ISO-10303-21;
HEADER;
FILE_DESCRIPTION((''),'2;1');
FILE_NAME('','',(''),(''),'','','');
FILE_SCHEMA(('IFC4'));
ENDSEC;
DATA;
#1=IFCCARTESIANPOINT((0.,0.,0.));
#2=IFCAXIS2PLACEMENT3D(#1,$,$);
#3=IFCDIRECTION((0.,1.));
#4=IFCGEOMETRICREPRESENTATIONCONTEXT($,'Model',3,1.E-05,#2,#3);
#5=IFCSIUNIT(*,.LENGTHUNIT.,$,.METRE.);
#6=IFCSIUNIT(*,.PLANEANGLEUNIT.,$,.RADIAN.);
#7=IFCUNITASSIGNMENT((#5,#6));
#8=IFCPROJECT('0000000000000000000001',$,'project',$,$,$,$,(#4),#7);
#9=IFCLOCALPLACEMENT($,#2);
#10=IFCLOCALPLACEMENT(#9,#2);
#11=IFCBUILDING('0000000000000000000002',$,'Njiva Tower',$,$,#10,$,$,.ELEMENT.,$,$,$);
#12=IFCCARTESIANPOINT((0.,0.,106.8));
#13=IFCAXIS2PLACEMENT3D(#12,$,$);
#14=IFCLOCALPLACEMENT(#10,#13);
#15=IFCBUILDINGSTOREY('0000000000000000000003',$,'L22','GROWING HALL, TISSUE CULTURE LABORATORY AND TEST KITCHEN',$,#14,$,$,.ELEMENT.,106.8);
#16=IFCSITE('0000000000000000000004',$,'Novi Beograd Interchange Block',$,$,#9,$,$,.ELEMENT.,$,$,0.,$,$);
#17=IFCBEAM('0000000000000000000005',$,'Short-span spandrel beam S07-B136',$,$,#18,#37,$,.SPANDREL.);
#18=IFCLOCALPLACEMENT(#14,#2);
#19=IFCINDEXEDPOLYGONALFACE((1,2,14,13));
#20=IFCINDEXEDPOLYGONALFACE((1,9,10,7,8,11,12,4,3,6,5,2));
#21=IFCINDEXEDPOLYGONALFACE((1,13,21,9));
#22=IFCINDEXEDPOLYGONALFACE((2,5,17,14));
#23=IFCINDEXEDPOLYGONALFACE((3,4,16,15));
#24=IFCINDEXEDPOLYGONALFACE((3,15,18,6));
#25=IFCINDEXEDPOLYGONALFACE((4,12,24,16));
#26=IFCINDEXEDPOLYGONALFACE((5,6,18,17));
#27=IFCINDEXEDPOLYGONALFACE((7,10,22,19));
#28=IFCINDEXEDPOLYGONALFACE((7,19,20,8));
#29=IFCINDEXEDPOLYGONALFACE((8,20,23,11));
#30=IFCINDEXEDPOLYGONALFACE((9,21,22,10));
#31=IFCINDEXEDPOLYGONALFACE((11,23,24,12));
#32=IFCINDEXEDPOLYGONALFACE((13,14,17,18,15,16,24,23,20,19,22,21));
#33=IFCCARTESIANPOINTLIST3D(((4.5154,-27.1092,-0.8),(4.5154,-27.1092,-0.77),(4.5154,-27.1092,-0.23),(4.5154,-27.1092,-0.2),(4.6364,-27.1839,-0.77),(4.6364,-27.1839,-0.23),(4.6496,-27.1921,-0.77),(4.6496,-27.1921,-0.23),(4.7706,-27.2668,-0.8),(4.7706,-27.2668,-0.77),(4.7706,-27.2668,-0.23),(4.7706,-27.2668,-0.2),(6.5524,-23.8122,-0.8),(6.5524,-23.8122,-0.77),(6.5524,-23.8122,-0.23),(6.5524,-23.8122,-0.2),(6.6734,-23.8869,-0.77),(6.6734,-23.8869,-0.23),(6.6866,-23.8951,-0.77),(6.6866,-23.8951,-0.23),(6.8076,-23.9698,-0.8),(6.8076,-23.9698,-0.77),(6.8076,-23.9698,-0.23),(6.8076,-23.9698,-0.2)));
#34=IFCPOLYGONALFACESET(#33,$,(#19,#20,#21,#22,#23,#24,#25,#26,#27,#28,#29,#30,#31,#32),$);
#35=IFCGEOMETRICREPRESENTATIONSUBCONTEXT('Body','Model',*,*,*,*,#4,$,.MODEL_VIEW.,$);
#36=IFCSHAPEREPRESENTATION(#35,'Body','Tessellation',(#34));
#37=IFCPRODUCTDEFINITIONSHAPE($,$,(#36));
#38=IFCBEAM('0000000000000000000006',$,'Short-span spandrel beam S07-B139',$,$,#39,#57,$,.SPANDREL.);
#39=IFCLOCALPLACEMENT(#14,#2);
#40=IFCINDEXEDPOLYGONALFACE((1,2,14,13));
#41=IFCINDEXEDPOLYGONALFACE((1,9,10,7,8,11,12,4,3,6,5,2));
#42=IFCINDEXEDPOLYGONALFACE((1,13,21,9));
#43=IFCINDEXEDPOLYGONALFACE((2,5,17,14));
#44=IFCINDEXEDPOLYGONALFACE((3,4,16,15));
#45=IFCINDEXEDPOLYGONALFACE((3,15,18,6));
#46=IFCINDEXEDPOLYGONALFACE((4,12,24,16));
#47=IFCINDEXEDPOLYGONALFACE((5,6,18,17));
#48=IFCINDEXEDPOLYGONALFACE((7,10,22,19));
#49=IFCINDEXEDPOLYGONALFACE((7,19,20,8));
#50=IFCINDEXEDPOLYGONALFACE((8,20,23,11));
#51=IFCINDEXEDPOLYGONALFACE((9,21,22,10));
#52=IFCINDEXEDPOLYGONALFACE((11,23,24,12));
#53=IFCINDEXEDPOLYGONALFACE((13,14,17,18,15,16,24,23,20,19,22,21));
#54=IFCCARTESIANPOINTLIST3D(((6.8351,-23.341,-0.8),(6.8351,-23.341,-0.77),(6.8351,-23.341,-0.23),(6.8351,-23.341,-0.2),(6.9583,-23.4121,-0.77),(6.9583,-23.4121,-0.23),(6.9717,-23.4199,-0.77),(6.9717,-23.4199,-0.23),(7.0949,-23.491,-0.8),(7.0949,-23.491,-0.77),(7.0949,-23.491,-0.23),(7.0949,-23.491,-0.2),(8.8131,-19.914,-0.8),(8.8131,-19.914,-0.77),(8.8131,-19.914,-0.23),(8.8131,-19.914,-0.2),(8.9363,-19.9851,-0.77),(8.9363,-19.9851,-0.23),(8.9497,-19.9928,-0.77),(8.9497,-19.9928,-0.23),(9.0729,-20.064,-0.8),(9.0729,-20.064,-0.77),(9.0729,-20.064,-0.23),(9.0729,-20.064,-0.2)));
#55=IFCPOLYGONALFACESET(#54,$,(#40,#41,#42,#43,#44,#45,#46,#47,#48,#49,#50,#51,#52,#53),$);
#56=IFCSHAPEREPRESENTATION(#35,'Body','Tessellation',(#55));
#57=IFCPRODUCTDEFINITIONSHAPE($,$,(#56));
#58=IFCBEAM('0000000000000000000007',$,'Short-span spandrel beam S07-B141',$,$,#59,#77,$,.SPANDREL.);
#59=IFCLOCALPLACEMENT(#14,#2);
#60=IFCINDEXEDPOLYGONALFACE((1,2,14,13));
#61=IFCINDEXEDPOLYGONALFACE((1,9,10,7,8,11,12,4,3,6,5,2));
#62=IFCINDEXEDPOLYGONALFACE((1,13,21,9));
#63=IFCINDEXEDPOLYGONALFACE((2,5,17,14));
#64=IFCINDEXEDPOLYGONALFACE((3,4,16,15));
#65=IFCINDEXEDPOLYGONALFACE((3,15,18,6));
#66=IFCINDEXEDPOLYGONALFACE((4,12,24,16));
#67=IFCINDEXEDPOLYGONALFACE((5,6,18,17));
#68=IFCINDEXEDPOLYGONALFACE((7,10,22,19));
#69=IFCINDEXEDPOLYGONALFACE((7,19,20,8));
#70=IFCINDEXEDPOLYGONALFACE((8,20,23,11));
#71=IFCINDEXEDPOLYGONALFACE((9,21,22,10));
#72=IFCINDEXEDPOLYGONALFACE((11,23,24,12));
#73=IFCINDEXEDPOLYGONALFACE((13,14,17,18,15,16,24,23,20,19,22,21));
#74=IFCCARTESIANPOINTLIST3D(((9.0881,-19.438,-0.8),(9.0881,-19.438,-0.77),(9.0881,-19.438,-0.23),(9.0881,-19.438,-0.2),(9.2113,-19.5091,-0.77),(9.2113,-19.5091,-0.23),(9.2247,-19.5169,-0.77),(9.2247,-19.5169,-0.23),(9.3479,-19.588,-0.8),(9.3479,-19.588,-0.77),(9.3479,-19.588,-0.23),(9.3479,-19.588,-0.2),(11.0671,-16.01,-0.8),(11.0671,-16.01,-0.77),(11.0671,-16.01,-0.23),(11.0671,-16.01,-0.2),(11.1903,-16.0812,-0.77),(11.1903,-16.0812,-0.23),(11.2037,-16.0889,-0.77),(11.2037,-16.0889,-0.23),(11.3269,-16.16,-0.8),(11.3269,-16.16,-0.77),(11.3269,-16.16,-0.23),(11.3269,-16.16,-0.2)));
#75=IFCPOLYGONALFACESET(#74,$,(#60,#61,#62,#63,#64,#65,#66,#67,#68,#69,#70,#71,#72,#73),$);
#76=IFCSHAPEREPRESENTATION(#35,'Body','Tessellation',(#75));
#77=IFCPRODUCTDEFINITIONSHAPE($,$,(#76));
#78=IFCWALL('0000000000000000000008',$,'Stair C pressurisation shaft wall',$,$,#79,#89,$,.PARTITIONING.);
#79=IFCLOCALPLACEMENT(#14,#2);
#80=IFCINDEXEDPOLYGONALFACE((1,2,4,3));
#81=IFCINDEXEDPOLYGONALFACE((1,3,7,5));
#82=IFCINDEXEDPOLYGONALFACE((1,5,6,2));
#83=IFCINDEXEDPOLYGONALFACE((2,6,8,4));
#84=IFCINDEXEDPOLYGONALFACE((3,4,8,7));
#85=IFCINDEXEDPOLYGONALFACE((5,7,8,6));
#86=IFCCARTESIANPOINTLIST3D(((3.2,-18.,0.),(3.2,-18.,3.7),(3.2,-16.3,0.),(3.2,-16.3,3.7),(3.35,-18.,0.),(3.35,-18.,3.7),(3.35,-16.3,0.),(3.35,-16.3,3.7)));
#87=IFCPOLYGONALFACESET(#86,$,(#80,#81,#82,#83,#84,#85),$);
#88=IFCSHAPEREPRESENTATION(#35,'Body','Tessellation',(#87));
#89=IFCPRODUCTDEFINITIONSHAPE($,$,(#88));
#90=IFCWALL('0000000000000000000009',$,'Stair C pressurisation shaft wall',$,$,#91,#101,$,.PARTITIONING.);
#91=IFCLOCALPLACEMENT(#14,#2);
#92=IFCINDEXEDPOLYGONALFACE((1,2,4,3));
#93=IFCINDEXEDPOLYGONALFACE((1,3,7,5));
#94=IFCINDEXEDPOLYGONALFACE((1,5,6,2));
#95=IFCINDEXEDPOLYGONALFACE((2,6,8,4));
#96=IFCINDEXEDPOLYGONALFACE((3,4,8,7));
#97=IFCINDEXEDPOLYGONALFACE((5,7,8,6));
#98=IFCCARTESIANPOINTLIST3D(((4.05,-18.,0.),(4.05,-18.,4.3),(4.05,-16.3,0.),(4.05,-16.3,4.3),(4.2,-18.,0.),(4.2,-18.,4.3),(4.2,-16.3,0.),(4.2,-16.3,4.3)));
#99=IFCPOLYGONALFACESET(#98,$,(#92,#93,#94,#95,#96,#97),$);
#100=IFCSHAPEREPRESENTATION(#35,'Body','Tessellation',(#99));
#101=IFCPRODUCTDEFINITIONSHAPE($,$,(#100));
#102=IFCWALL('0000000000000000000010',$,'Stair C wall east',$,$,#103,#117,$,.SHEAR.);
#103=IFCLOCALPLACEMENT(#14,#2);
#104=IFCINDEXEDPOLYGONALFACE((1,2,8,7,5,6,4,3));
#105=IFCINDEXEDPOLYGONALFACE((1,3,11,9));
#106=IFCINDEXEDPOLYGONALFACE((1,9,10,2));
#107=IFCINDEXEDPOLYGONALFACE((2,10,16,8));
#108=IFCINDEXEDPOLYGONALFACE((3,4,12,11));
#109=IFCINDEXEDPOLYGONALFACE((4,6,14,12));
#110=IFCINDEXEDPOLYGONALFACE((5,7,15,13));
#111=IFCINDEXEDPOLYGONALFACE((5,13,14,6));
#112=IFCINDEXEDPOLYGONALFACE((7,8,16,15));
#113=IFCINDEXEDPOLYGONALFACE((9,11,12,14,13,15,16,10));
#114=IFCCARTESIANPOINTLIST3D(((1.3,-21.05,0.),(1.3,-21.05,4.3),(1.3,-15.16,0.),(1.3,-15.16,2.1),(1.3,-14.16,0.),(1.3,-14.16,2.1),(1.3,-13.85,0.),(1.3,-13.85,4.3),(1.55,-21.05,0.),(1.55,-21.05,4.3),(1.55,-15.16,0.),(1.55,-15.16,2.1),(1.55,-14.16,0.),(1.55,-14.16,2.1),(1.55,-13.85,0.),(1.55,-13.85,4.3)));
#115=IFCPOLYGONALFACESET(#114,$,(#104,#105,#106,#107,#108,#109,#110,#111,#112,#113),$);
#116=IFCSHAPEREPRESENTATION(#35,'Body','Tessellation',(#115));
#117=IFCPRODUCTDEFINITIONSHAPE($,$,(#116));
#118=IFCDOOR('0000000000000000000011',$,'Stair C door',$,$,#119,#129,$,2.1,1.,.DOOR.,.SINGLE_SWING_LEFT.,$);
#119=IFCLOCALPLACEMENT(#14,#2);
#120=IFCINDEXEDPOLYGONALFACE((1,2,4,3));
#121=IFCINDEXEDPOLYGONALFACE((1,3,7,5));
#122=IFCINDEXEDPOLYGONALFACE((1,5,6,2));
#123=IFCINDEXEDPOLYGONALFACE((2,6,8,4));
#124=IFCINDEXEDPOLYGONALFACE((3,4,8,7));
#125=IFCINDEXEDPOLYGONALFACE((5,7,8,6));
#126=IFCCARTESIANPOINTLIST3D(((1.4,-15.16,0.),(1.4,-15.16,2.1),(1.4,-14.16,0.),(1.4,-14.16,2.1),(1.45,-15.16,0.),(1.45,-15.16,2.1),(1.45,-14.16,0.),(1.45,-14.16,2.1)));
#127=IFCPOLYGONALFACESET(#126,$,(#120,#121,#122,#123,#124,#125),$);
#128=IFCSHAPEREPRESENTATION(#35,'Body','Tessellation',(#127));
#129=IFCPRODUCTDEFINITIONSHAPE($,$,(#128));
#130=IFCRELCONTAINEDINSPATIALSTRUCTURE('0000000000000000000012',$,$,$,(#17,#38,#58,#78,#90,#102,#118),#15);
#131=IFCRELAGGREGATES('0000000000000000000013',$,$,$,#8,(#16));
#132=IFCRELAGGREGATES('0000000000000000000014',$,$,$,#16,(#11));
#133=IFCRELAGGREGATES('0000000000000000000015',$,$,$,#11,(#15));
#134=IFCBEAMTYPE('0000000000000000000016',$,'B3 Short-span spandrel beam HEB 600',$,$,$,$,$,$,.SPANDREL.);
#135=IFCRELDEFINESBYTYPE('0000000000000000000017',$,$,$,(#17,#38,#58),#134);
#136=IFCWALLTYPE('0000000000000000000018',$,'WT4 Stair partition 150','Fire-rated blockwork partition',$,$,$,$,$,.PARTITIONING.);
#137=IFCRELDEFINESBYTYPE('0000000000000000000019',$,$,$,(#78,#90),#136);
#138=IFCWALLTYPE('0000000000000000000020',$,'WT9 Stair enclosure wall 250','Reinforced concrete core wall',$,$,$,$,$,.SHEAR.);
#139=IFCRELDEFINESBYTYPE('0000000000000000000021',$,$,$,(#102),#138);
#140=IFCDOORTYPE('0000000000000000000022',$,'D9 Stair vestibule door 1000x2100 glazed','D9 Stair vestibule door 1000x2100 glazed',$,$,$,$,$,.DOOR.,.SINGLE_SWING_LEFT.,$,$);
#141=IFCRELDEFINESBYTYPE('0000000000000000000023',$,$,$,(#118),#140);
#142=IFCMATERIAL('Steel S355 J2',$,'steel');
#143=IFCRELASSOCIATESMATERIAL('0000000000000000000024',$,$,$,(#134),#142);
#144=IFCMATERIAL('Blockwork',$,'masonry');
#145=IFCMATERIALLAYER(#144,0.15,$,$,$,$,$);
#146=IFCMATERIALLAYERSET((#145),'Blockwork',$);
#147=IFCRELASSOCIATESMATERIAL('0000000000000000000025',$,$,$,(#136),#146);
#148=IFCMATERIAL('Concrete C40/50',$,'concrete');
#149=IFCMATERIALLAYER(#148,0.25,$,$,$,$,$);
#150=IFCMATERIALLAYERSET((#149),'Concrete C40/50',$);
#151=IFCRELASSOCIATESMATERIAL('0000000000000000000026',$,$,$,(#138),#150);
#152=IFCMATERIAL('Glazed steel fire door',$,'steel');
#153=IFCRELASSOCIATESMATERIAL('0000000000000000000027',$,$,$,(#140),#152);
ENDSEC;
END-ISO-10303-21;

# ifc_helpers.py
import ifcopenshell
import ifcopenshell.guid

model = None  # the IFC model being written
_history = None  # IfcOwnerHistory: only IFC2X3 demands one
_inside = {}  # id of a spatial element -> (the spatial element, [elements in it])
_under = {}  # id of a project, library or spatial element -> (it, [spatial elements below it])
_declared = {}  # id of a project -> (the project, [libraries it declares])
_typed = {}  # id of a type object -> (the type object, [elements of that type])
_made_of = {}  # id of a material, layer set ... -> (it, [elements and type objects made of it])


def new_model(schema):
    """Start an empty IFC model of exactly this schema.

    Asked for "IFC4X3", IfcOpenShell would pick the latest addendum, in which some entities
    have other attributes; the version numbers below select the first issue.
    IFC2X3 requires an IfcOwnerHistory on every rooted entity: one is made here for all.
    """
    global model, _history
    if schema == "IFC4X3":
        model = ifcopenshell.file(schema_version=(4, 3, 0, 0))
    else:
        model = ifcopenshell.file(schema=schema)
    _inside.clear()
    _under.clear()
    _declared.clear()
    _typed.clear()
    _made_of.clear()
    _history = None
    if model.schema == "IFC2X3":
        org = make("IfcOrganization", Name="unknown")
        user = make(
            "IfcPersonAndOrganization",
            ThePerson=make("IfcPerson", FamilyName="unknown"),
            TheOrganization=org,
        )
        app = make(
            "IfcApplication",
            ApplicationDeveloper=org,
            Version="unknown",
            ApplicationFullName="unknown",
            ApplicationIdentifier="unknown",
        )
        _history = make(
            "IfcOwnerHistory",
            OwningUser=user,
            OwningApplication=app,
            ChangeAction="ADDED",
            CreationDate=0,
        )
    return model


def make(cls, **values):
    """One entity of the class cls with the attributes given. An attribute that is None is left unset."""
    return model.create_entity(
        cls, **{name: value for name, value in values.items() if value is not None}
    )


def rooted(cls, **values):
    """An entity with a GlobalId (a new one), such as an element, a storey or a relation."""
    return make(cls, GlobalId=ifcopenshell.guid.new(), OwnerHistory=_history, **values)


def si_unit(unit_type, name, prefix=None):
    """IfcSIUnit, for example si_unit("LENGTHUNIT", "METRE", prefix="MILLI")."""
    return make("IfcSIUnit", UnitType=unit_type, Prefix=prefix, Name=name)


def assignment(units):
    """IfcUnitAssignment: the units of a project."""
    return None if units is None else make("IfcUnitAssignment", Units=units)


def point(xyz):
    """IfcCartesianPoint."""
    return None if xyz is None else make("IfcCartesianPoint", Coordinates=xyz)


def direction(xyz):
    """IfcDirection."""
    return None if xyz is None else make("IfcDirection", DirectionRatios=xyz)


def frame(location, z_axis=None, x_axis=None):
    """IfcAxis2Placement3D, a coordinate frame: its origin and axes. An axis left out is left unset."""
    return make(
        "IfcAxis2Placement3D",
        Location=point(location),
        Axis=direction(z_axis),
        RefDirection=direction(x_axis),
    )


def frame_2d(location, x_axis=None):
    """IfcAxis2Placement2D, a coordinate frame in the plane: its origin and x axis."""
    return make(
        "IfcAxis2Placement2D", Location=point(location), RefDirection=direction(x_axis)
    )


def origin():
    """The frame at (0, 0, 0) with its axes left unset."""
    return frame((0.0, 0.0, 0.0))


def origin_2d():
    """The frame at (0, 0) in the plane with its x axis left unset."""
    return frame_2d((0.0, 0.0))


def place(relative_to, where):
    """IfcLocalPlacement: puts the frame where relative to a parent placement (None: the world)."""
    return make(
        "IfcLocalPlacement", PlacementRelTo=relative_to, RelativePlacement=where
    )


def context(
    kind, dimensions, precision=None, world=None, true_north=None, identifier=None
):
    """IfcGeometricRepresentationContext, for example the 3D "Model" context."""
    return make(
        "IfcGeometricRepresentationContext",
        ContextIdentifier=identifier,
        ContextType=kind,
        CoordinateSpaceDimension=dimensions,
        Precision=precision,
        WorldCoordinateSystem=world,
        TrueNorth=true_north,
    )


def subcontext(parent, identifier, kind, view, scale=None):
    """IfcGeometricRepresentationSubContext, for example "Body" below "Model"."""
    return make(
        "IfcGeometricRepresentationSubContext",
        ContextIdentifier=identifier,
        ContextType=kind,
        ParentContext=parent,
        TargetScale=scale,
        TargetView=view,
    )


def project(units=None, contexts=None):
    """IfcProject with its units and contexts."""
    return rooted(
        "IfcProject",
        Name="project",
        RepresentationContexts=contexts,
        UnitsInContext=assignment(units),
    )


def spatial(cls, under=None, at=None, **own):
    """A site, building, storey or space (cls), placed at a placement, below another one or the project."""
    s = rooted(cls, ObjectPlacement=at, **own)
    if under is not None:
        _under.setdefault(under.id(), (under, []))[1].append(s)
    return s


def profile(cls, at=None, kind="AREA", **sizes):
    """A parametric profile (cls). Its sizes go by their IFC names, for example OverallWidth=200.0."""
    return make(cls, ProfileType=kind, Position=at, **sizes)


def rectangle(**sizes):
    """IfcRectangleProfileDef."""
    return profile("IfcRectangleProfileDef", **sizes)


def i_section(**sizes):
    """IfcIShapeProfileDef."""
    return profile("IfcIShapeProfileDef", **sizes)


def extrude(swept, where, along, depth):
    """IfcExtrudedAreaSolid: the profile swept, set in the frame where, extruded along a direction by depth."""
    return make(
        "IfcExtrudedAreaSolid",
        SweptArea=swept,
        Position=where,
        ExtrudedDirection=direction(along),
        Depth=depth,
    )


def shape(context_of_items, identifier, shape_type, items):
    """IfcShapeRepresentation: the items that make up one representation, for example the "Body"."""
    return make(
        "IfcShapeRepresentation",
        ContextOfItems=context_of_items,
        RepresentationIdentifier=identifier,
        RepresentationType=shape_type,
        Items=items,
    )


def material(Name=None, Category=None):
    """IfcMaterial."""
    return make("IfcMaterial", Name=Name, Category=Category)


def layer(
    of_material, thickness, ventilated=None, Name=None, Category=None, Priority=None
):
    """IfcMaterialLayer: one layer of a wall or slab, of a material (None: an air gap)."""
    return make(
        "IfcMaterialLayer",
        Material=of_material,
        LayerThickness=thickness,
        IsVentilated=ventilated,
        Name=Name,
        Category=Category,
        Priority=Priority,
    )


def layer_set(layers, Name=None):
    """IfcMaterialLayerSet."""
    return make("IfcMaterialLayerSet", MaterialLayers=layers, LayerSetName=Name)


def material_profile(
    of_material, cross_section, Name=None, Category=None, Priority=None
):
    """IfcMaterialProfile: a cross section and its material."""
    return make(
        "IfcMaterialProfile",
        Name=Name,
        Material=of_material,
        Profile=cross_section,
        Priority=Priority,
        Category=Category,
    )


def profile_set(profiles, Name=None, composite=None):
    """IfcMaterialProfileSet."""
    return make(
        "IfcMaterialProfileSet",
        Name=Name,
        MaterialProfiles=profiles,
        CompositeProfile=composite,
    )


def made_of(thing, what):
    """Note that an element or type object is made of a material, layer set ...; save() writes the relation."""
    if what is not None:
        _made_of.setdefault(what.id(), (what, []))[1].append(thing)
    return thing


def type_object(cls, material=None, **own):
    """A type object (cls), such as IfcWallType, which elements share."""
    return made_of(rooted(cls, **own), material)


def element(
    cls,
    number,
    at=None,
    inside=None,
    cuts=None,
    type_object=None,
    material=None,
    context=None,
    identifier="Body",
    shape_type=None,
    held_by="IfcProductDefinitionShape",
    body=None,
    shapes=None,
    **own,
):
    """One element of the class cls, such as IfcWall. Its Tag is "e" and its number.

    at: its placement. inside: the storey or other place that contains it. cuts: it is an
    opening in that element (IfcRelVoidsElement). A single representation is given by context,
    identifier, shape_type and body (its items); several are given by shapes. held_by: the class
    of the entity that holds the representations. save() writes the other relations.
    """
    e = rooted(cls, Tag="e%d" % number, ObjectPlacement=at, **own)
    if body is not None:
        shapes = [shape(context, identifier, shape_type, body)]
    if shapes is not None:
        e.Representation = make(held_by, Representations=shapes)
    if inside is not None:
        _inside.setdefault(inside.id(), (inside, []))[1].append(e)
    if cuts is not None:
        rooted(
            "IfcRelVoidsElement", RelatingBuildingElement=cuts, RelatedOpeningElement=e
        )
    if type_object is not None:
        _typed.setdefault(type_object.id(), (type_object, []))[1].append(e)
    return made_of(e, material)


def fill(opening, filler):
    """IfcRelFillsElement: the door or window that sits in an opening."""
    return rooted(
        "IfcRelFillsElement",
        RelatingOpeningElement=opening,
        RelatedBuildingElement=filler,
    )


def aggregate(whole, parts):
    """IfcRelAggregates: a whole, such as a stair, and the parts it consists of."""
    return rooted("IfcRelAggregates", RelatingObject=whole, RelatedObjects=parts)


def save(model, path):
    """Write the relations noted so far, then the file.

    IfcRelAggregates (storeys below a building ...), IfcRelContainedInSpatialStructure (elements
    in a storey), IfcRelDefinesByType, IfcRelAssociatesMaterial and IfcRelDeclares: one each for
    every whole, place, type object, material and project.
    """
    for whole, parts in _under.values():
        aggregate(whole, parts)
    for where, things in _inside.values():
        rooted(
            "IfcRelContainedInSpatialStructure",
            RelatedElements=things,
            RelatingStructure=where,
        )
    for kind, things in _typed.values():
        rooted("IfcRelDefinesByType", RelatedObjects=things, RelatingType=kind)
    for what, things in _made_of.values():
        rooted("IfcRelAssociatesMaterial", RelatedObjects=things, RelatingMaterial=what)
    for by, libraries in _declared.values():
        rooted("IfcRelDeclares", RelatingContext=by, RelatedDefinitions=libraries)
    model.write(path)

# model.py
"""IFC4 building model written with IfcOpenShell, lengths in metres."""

from ifc_helpers import new_model, si_unit, direction, frame, frame_2d, origin, origin_2d, place, context, subcontext, project, spatial, rectangle, i_section, extrude, material, layer, layer_set, material_profile, profile_set, type_object, element, fill, save


model = new_model("IFC4")

# Units and contexts
model_context = context("Model", 3, precision=1e-05, world=origin(), true_north=direction((0.0, 1.0)))
body_context = subcontext(model_context, "Body", "Model", "MODEL_VIEW")
ifc_project = project(units=[si_unit("LENGTHUNIT", "METRE"), si_unit("PLANEANGLEUNIT", "RADIAN")], contexts=[model_context])

# Site, building, storey
site_placement = place(None, origin())
site = spatial("IfcSite", under=ifc_project, at=site_placement, Name="Novi Beograd Interchange Block", CompositionType="ELEMENT", RefElevation=0.0)
building_placement = place(site_placement, origin())
building = spatial("IfcBuilding", under=site, at=building_placement, Name="Njiva Tower", CompositionType="ELEMENT")
storey_placement = place(building_placement, frame((0.0, 0.0, 106.8)))
storey = spatial("IfcBuildingStorey", under=building, at=storey_placement, Name="L22", Description="GROWING HALL, TISSUE CULTURE LABORATORY AND TEST KITCHEN", CompositionType="ELEMENT", Elevation=106.8)

# Shared definitions
ifc_material_1 = material(Name="Steel S355 J2", Category="steel")

# Beams
ifc_material_profile_1 = material_profile(ifc_material_1, i_section(OverallWidth=0.3, OverallDepth=0.6, WebThickness=0.0155, FlangeThickness=0.03, at=origin_2d()), Name="HEB 600")
ifc_profile_set_1 = profile_set([ifc_material_profile_1], Name="Steel S355 J2")
beam_type_1 = type_object("IfcBeamType", Name="B3 Short-span spandrel beam HEB 600", PredefinedType="SPANDREL", material=ifc_profile_set_1)
beam_1_placement = place(storey_placement, frame((4.643, -27.188, -0.5), z_axis=(0.525608, 0.850727, 0.0), x_axis=(-0.850727, 0.525608, 0.0)))
element("IfcBeam", 1, at=beam_1_placement, inside=storey, type_object=beam_type_1, Name="Short-span spandrel beam S07-B136", PredefinedType="SPANDREL", context=body_context, shape_type="SweptSolid", body=[
    extrude(i_section(OverallWidth=0.3, OverallDepth=0.6, WebThickness=0.0155, FlangeThickness=0.03, at=origin_2d()), origin(), (0.0, 0.0, 1.0), 3.8755),
])
beam_2_placement = place(storey_placement, frame((6.965, -23.416, -0.5), z_axis=(0.49989, 0.866089, 0.0), x_axis=(-0.866089, 0.49989, 0.0)))
element("IfcBeam", 2, at=beam_2_placement, inside=storey, type_object=beam_type_1, Name="Short-span spandrel beam S07-B139", PredefinedType="SPANDREL", context=body_context, shape_type="SweptSolid", body=[
    extrude(i_section(OverallWidth=0.3, OverallDepth=0.6, WebThickness=0.0155, FlangeThickness=0.03, at=origin_2d()), origin(), (0.0, 0.0, 1.0), 3.9569),
])
beam_3_placement = place(storey_placement, frame((9.218, -19.513, -0.5), z_axis=(0.49997, 0.866043, 0.0), x_axis=(-0.866043, 0.49997, 0.0)))
element("IfcBeam", 3, at=beam_3_placement, inside=storey, type_object=beam_type_1, Name="Short-span spandrel beam S07-B141", PredefinedType="SPANDREL", context=body_context, shape_type="SweptSolid", body=[
    extrude(i_section(OverallWidth=0.3, OverallDepth=0.6, WebThickness=0.0155, FlangeThickness=0.03, at=origin_2d()), origin(), (0.0, 0.0, 1.0), 3.9582),
])

# Walls
ifc_material_2 = material(Name="Blockwork", Category="masonry")
ifc_layer_1 = layer(ifc_material_2, 0.15)
ifc_layer_set_1 = layer_set([ifc_layer_1], Name="Blockwork")
wall_type_1 = type_object("IfcWallType", Name="WT4 Stair partition 150", Description="Fire-rated blockwork partition", PredefinedType="PARTITIONING", material=ifc_layer_set_1)
wall_1_placement = place(storey_placement, frame((3.275, -18.0, 0.0), z_axis=(0.0, 0.0, 1.0), x_axis=(0.0, 1.0, 0.0)))
element("IfcWall", 4, at=wall_1_placement, inside=storey, type_object=wall_type_1, Name="Stair C pressurisation shaft wall", PredefinedType="PARTITIONING", context=body_context, shape_type="SweptSolid", body=[
    extrude(rectangle(XDim=1.7, YDim=0.15, at=frame_2d((0.85, 0.0))), origin(), (0.0, 0.0, 1.0), 3.7),
])
wall_2_placement = place(storey_placement, frame((4.125, -18.0, 0.0), z_axis=(0.0, 0.0, 1.0), x_axis=(0.0, 1.0, 0.0)))
element("IfcWall", 5, at=wall_2_placement, inside=storey, type_object=wall_type_1, Name="Stair C pressurisation shaft wall", PredefinedType="PARTITIONING", context=body_context, shape_type="SweptSolid", body=[
    extrude(rectangle(XDim=1.7, YDim=0.15, at=frame_2d((0.85, 0.0))), origin(), (0.0, 0.0, 1.0), 4.3),
])

# Wall, opening, door
ifc_material_3 = material(Name="Concrete C40/50", Category="concrete")
ifc_layer_2 = layer(ifc_material_3, 0.25)
ifc_layer_set_2 = layer_set([ifc_layer_2], Name="Concrete C40/50")
wall_type_2 = type_object("IfcWallType", Name="WT9 Stair enclosure wall 250", Description="Reinforced concrete core wall", PredefinedType="SHEAR", material=ifc_layer_set_2)
wall_3_placement = place(storey_placement, frame((1.425, -21.05, 0.0), z_axis=(0.0, 0.0, 1.0), x_axis=(0.0, 1.0, 0.0)))
wall_3 = element("IfcWall", 6, at=wall_3_placement, inside=storey, type_object=wall_type_2, Name="Stair C wall east", PredefinedType="SHEAR", context=body_context, shape_type="SweptSolid", body=[
    extrude(rectangle(XDim=7.2, YDim=0.25, at=frame_2d((3.6, 0.0))), origin(), (0.0, 0.0, 1.0), 4.3),
])
opening_1_placement = place(wall_3_placement, frame((5.89, 0.0, 0.0)))
opening_1 = element("IfcOpeningElement", 7, at=opening_1_placement, cuts=wall_3, PredefinedType="OPENING", context=body_context, shape_type="SweptSolid", body=[
    extrude(rectangle(XDim=1.0, YDim=2.1, at=frame_2d((0.5, 1.05))), frame((0.0, 0.135, 0.0), z_axis=(0.0, -1.0, 0.0), x_axis=(1.0, 0.0, 0.0)), (0.0, 0.0, 1.0), 0.27),
])
ifc_material_4 = material(Name="Glazed steel fire door", Category="steel")
door_type = type_object("IfcDoorType", Name="D9 Stair vestibule door 1000x2100 glazed", Description="D9 Stair vestibule door 1000x2100 glazed", OperationType="SINGLE_SWING_LEFT", PredefinedType="DOOR", material=ifc_material_4)
door_placement = place(opening_1_placement, origin())
door = element("IfcDoor", 8, at=door_placement, inside=storey, type_object=door_type, Name="Stair C door", OperationType="SINGLE_SWING_LEFT", OverallHeight=2.1, OverallWidth=1.0, PredefinedType="DOOR", context=body_context, shape_type="SweptSolid", body=[
    extrude(rectangle(XDim=1.0, YDim=2.1, at=frame_2d((0.5, 1.05))), frame((0.0, 0.025, 0.0), z_axis=(0.0, -1.0, 0.0), x_axis=(1.0, 0.0, 0.0)), (0.0, 0.0, 1.0), 0.05),
])
fill(opening_1, door)

save(model, "model.ifc")
